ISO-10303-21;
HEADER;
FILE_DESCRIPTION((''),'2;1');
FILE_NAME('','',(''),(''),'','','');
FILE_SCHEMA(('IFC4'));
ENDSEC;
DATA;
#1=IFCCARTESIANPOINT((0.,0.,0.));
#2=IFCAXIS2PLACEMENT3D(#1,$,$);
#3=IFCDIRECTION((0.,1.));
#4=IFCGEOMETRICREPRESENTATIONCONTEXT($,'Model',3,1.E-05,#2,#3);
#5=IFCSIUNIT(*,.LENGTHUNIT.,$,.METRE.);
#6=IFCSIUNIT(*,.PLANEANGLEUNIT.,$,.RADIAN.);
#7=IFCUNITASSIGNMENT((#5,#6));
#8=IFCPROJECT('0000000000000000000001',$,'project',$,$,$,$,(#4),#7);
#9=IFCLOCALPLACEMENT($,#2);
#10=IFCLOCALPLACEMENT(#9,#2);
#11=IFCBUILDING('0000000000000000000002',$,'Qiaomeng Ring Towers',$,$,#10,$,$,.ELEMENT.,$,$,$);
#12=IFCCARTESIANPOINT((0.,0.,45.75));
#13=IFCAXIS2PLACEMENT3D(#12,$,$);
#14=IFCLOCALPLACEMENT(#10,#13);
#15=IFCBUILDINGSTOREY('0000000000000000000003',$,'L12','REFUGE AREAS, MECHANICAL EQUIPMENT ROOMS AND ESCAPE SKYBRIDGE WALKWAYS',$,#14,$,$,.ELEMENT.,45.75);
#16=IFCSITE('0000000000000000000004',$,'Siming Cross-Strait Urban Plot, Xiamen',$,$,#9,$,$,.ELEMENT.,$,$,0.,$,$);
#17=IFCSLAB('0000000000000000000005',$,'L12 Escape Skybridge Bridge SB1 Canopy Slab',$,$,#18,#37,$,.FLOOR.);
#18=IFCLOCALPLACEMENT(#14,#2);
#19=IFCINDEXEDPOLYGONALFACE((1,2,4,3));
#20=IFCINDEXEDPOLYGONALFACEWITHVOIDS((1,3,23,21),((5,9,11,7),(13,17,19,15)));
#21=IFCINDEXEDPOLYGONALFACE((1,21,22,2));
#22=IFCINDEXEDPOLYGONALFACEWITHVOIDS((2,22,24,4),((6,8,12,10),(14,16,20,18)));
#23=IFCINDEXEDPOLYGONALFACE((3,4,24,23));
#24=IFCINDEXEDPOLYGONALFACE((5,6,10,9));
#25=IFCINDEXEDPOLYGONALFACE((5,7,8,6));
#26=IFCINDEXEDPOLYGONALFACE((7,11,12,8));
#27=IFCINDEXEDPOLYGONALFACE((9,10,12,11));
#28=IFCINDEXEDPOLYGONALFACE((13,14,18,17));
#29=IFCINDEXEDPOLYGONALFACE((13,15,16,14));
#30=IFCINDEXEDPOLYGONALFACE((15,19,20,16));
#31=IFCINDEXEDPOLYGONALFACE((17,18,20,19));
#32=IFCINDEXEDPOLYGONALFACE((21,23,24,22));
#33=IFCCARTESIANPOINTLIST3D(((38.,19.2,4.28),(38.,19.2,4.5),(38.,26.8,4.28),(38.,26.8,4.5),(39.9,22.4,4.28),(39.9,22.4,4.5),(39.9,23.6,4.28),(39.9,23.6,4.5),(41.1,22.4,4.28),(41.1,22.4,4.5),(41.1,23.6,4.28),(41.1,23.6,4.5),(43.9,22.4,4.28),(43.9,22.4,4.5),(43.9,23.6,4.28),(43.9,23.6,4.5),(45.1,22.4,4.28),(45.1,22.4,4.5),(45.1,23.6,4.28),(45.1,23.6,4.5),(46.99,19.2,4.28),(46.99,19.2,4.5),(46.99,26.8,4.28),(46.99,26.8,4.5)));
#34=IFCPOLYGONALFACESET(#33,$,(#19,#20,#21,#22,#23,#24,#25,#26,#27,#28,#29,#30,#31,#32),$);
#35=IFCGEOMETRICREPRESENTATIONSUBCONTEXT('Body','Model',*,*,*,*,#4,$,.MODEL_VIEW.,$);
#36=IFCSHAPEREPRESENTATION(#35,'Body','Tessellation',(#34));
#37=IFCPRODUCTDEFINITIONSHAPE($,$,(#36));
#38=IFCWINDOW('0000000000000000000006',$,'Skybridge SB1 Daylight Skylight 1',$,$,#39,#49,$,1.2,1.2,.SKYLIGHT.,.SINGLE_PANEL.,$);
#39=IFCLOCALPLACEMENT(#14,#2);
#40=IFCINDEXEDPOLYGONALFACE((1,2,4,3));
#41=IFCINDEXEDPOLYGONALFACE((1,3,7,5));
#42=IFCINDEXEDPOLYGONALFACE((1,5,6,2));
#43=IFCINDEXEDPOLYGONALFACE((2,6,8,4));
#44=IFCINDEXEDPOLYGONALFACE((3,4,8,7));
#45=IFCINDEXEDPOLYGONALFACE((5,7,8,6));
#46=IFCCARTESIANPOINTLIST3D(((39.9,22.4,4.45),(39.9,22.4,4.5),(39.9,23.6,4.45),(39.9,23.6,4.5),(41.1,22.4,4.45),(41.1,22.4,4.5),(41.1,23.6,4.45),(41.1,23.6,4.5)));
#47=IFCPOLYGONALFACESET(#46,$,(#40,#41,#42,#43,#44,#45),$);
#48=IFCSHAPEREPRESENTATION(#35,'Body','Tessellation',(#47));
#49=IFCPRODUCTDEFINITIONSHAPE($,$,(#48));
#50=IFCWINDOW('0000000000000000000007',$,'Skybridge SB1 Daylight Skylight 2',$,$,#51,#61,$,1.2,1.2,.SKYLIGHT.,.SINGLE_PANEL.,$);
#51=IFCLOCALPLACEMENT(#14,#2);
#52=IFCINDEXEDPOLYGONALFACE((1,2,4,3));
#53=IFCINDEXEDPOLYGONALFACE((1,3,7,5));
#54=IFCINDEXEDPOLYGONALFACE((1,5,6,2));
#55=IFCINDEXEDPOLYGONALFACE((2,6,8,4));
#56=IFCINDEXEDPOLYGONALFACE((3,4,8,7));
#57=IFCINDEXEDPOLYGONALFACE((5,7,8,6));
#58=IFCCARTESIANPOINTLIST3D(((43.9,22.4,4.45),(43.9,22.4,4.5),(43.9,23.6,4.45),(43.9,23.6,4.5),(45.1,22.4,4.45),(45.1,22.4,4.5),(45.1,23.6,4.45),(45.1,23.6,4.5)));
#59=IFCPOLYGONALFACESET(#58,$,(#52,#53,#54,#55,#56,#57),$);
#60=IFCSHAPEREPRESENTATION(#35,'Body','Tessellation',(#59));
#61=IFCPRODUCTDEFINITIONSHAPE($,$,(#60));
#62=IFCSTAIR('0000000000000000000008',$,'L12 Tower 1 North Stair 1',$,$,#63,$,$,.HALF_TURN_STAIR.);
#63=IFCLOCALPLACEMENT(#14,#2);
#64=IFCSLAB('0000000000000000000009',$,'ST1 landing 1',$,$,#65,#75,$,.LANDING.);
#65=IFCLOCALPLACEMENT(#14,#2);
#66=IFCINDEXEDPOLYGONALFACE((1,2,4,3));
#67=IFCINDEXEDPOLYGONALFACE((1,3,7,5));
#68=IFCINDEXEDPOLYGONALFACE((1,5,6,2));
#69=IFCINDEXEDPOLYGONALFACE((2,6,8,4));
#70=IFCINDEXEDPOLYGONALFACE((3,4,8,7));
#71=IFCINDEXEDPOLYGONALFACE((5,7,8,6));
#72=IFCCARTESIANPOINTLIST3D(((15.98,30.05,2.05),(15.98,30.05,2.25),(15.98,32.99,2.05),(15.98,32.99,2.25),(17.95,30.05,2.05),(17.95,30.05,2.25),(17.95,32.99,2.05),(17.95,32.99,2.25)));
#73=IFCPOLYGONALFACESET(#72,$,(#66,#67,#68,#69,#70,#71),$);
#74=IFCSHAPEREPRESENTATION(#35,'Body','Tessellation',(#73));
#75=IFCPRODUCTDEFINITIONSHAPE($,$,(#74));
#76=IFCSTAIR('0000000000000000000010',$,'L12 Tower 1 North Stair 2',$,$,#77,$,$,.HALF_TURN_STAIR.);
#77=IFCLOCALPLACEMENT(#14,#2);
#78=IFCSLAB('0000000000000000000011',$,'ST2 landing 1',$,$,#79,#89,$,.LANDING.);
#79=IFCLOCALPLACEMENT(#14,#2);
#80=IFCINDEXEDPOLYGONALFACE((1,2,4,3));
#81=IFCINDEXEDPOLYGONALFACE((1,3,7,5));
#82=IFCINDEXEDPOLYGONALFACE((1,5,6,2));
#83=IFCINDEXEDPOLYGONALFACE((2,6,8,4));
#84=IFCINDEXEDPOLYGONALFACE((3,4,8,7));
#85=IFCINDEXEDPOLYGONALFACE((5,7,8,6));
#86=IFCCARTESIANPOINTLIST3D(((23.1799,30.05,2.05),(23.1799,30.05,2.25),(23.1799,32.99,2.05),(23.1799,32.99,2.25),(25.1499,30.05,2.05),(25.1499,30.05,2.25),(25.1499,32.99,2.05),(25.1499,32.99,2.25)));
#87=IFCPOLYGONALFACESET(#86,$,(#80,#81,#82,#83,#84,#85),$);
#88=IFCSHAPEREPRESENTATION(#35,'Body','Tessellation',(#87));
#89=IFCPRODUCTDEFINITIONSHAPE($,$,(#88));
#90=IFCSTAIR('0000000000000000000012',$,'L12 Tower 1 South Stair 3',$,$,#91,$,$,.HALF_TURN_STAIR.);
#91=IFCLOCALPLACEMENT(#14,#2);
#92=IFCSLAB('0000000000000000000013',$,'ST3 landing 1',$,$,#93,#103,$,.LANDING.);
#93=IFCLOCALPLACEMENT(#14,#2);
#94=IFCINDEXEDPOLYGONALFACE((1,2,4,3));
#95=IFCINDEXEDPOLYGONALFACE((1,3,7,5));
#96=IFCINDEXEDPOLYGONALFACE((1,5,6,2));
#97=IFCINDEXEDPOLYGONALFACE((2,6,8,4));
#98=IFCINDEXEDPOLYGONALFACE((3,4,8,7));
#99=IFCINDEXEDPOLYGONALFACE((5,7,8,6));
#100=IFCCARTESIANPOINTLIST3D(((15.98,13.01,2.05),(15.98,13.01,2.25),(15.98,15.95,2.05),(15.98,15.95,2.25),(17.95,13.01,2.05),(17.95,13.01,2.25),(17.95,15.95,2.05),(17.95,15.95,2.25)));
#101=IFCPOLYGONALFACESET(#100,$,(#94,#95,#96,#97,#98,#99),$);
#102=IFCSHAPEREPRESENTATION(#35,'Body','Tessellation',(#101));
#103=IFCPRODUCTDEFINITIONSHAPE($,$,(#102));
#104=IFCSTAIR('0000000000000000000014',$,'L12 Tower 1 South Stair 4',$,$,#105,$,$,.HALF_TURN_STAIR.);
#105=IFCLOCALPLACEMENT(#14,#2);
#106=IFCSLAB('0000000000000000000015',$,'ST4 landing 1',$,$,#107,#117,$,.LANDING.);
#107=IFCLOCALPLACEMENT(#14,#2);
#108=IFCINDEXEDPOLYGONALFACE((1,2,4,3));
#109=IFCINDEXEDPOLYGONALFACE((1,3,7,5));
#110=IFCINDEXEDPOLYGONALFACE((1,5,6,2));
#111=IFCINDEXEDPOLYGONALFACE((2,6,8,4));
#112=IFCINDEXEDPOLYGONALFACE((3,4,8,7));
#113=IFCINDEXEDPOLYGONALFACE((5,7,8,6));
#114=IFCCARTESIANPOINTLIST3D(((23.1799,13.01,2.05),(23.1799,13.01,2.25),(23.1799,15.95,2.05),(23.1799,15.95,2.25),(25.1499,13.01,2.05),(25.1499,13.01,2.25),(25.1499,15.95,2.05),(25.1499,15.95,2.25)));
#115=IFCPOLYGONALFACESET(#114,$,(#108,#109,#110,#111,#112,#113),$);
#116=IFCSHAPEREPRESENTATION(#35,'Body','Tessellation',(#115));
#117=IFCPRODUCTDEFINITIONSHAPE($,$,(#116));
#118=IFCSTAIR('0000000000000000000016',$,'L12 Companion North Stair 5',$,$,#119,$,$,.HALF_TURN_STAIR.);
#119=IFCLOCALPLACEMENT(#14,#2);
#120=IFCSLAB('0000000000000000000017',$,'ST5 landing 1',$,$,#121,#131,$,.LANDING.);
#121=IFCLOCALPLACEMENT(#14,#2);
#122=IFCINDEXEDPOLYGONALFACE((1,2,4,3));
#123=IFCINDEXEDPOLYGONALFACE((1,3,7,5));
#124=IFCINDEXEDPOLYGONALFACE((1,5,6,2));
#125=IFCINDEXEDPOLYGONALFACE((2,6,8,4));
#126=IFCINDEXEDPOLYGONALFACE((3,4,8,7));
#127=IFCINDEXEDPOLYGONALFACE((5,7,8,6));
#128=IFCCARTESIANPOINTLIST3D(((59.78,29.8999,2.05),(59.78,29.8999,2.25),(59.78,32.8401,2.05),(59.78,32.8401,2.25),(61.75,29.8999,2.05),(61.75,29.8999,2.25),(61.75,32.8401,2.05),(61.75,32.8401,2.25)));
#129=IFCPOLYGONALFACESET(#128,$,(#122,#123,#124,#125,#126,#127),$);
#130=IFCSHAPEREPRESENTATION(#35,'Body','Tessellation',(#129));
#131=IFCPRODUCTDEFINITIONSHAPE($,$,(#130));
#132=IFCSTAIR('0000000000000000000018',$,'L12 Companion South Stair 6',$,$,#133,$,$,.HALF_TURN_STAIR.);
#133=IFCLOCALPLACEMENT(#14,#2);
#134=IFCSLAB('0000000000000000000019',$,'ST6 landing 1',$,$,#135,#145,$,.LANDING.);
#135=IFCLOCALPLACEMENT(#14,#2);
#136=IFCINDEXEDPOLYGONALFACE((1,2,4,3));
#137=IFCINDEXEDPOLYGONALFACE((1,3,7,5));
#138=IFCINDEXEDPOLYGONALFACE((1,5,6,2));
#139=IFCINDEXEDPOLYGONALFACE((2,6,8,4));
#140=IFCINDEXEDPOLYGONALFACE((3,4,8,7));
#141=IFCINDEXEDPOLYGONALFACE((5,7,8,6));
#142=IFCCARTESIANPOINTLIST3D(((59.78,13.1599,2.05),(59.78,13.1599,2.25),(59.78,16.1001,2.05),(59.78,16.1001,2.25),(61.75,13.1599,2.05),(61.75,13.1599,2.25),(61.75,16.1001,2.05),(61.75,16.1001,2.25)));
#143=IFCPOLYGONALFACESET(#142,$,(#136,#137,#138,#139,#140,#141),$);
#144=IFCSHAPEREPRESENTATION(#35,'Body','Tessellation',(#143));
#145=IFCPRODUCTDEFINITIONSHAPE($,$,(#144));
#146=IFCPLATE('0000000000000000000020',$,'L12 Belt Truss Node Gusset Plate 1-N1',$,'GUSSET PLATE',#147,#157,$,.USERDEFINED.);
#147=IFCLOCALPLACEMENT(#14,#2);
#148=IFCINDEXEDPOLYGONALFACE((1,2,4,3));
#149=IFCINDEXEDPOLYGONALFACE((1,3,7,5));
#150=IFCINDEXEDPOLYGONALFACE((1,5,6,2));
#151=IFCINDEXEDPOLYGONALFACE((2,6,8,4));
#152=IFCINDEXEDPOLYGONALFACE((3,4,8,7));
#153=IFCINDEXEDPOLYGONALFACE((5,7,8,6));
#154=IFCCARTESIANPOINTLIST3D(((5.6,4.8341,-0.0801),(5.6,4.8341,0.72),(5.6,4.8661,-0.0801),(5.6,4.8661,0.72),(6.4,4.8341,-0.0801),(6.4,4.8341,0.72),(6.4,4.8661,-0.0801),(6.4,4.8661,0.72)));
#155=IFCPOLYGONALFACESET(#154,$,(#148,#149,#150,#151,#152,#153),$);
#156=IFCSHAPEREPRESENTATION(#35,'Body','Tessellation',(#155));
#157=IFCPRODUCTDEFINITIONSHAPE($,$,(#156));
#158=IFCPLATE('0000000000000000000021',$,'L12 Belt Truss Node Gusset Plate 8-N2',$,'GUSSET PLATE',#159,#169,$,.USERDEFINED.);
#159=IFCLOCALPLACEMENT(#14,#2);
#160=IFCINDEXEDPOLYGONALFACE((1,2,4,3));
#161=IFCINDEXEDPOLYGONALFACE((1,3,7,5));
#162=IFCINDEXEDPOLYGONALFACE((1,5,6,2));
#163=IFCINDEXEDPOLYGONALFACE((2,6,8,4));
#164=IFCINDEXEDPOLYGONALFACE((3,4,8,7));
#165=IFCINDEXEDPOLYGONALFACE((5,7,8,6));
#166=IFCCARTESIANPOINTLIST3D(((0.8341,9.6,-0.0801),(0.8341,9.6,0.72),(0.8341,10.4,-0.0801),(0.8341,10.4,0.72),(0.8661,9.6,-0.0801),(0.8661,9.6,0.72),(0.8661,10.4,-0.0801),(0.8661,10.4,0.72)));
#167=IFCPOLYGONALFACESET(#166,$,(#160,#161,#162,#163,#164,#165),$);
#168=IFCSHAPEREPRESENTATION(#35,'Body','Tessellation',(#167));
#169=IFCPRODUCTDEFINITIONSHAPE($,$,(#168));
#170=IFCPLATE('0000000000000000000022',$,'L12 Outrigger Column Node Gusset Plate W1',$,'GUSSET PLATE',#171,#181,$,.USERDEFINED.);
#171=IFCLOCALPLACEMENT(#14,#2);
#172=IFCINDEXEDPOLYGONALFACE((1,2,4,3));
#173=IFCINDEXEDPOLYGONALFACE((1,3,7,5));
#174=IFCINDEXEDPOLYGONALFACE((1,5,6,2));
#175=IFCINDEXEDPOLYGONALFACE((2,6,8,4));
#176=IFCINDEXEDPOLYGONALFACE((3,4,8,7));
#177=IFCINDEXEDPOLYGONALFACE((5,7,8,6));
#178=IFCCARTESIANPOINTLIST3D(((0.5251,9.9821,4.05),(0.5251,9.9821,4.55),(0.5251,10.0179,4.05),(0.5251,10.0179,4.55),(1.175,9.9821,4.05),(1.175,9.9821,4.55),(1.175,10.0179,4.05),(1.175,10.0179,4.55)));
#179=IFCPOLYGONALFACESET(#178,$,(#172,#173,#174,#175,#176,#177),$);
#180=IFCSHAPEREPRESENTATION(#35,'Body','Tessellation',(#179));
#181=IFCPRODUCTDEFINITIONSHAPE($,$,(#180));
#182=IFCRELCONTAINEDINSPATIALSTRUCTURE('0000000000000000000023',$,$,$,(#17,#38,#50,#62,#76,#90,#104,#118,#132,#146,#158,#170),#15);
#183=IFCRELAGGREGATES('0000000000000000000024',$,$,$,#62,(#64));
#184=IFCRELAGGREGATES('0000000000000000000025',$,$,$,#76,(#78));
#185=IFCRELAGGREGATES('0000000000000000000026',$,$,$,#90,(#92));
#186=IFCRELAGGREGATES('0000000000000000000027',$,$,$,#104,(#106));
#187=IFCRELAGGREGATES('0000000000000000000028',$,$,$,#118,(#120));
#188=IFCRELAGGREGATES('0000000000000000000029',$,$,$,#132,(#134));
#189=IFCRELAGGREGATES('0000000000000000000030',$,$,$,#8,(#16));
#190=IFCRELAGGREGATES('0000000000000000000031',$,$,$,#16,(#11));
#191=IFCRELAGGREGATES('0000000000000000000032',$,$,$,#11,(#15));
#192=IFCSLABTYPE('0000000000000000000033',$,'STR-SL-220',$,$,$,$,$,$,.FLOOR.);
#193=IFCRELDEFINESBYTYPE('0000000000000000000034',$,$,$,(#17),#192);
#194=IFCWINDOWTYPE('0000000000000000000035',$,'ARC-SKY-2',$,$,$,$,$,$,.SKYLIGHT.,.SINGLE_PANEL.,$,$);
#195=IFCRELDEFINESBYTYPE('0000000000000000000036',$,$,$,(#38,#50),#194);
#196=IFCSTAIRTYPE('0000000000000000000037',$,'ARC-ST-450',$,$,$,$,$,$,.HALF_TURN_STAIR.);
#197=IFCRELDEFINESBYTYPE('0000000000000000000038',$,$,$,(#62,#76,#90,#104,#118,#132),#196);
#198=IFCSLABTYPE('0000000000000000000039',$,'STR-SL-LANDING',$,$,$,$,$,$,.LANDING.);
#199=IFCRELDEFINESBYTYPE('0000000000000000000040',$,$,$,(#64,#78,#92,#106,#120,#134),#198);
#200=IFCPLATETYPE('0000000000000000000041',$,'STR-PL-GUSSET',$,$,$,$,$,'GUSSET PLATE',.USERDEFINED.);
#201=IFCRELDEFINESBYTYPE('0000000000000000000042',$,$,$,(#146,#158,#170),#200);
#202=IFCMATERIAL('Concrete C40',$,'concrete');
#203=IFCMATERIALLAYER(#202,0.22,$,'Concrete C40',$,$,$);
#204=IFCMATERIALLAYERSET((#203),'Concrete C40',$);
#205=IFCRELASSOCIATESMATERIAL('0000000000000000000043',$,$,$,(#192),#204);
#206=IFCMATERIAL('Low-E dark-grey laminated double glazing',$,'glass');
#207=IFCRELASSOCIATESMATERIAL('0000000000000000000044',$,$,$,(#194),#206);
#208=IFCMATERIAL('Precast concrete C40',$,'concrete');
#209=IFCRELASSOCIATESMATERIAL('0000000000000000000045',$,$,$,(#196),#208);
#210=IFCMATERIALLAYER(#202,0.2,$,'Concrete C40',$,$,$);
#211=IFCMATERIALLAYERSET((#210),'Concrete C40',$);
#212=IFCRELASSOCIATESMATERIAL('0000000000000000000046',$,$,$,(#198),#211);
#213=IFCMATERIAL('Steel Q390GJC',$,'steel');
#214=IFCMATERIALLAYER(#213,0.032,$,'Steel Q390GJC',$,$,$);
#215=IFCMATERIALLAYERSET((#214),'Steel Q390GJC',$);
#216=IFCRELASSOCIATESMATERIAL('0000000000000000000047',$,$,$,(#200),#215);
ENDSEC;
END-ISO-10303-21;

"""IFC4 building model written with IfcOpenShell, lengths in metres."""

from ifc_helpers import new_model, si_unit, direction, frame, origin, origin_2d, place, context, subcontext, project, spatial, polyline, rectangle, outline, extrude, source, transform, mapped, material, layer, layer_set, type_object, element, fill, aggregate, save


model = new_model("IFC4")

# Units and contexts
model_context = context("Model", 3, precision=1e-05, world=origin(), true_north=direction((0.0, 1.0)))
body_context = subcontext(model_context, "Body", "Model", "MODEL_VIEW")
ifc_project = project(units=[si_unit("LENGTHUNIT", "METRE"), si_unit("PLANEANGLEUNIT", "RADIAN")], contexts=[model_context])

# Site, building, storey
site_placement = place(None, origin())
site = spatial("IfcSite", under=ifc_project, at=site_placement, Name="Siming Cross-Strait Urban Plot, Xiamen", CompositionType="ELEMENT", RefElevation=0.0)
building_placement = place(site_placement, origin())
building = spatial("IfcBuilding", under=site, at=building_placement, Name="Qiaomeng Ring Towers", CompositionType="ELEMENT")
storey_placement = place(building_placement, frame((0.0, 0.0, 45.75)))
storey = spatial("IfcBuildingStorey", under=building, at=storey_placement, Name="L12", Description="REFUGE AREAS, MECHANICAL EQUIPMENT ROOMS AND ESCAPE SKYBRIDGE WALKWAYS", CompositionType="ELEMENT", Elevation=45.75)

# Shared definitions
ifc_material_1 = material(Name="Steel Q390GJC", Category="steel")

# Shared definitions
ifc_material_2 = material(Name="Concrete C40", Category="concrete")
ifc_layer_1 = layer(ifc_material_2, 0.22, Name="Concrete C40")
ifc_layer_set_1 = layer_set([ifc_layer_1], Name="Concrete C40")
slab_type_1 = type_object("IfcSlabType", Name="STR-SL-220", PredefinedType="FLOOR", material=ifc_layer_set_1)

# Slab, openings, windows
slab_1_placement = place(storey_placement, frame((0.0, 0.0, 4.28)))
slab_1 = element("IfcSlab", 1, at=slab_1_placement, inside=storey, type_object=slab_type_1, Name="L12 Escape Skybridge Bridge SB1 Canopy Slab", PredefinedType="FLOOR", context=body_context, shape_type="SweptSolid", body=[
    extrude(outline(polyline([(38.0, 19.2), (46.99, 19.2), (46.99, 26.8), (38.0, 26.8), (38.0, 19.2)])), origin(), (0.0, 0.0, 1.0), 0.22),
])
opening_1_placement = place(slab_1_placement, frame((40.5, 23.0, 0.0)))
opening_1 = element("IfcOpeningElement", 2, at=opening_1_placement, cuts=slab_1, PredefinedType="OPENING", context=body_context, shape_type="SweptSolid", body=[
    extrude(rectangle(XDim=1.2, YDim=1.2, at=origin_2d()), frame((0.0, 0.0, -0.01)), (0.0, 0.0, 1.0), 0.24),
])
opening_2_placement = place(slab_1_placement, frame((44.5, 23.0, 0.0)))
opening_2 = element("IfcOpeningElement", 3, at=opening_2_placement, cuts=slab_1, PredefinedType="OPENING", context=body_context, shape_type="SweptSolid", body=[
    extrude(rectangle(XDim=1.2, YDim=1.2, at=origin_2d()), frame((0.0, 0.0, -0.01)), (0.0, 0.0, 1.0), 0.24),
])
ifc_material_3 = material(Name="Low-E dark-grey laminated double glazing", Category="glass")
window_type = type_object("IfcWindowType", Name="ARC-SKY-2", PartitioningType="SINGLE_PANEL", PredefinedType="SKYLIGHT", material=ifc_material_3)
window_1_placement = place(opening_1_placement, frame((0.0, 0.0, 0.1699)))
window_1 = element("IfcWindow", 4, at=window_1_placement, inside=storey, type_object=window_type, Name="Skybridge SB1 Daylight Skylight 1", OverallHeight=1.2, OverallWidth=1.2, PartitioningType="SINGLE_PANEL", PredefinedType="SKYLIGHT", context=body_context, shape_type="SweptSolid", body=[
    extrude(rectangle(XDim=1.2, YDim=1.2, at=origin_2d()), origin(), (0.0, 0.0, 1.0), 0.05),
])
fill(opening_1, window_1)
window_2_placement = place(opening_2_placement, frame((0.0, 0.0, 0.1699)))
window_2 = element("IfcWindow", 5, at=window_2_placement, inside=storey, type_object=window_type, Name="Skybridge SB1 Daylight Skylight 2", OverallHeight=1.2, OverallWidth=1.2, PartitioningType="SINGLE_PANEL", PredefinedType="SKYLIGHT", context=body_context, shape_type="SweptSolid", body=[
    extrude(rectangle(XDim=1.2, YDim=1.2, at=origin_2d()), origin(), (0.0, 0.0, 1.0), 0.05),
])
fill(opening_2, window_2)

# Stairs, slabs
ifc_material_4 = material(Name="Precast concrete C40", Category="concrete")
stair_type = type_object("IfcStairType", Name="ARC-ST-450", PredefinedType="HALF_TURN_STAIR", material=ifc_material_4)
stair_1_placement = place(storey_placement, origin())
stair_1 = element("IfcStair", 6, at=stair_1_placement, inside=storey, type_object=stair_type, Name="L12 Tower 1 North Stair 1", PredefinedType="HALF_TURN_STAIR")
ifc_layer_2 = layer(ifc_material_2, 0.2, Name="Concrete C40")
ifc_layer_set_2 = layer_set([ifc_layer_2], Name="Concrete C40")
slab_type_2 = type_object("IfcSlabType", Name="STR-SL-LANDING", PredefinedType="LANDING", material=ifc_layer_set_2)
slab_2_placement = place(storey_placement, frame((0.0, 0.0, 2.05)))
slab_2 = element("IfcSlab", 7, at=slab_2_placement, type_object=slab_type_2, Name="ST1 landing 1", PredefinedType="LANDING", context=body_context, shape_type="SweptSolid", body=[
    extrude(outline(polyline([(15.98, 30.05), (17.95, 30.05), (17.95, 32.99), (15.98, 32.99), (15.98, 30.05)])), origin(), (0.0, 0.0, 1.0), 0.2),
])
aggregate(stair_1, [slab_2])
stair_2_placement = place(storey_placement, origin())
stair_2 = element("IfcStair", 8, at=stair_2_placement, inside=storey, type_object=stair_type, Name="L12 Tower 1 North Stair 2", PredefinedType="HALF_TURN_STAIR")
slab_3_placement = place(storey_placement, frame((0.0, 0.0, 2.05)))
slab_3 = element("IfcSlab", 9, at=slab_3_placement, type_object=slab_type_2, Name="ST2 landing 1", PredefinedType="LANDING", context=body_context, shape_type="SweptSolid", body=[
    extrude(outline(polyline([(23.1799, 30.05), (25.1499, 30.05), (25.1499, 32.99), (23.1799, 32.99), (23.1799, 30.05)])), origin(), (0.0, 0.0, 1.0), 0.2),
])
aggregate(stair_2, [slab_3])
stair_3_placement = place(storey_placement, origin())
stair_3 = element("IfcStair", 10, at=stair_3_placement, inside=storey, type_object=stair_type, Name="L12 Tower 1 South Stair 3", PredefinedType="HALF_TURN_STAIR")
slab_4_placement = place(storey_placement, frame((0.0, 0.0, 2.05)))
slab_4 = element("IfcSlab", 11, at=slab_4_placement, type_object=slab_type_2, Name="ST3 landing 1", PredefinedType="LANDING", context=body_context, shape_type="SweptSolid", body=[
    extrude(outline(polyline([(15.98, 13.01), (17.95, 13.01), (17.95, 15.95), (15.98, 15.95), (15.98, 13.01)])), origin(), (0.0, 0.0, 1.0), 0.2),
])
aggregate(stair_3, [slab_4])
stair_4_placement = place(storey_placement, origin())
stair_4 = element("IfcStair", 12, at=stair_4_placement, inside=storey, type_object=stair_type, Name="L12 Tower 1 South Stair 4", PredefinedType="HALF_TURN_STAIR")
slab_5_placement = place(storey_placement, frame((0.0, 0.0, 2.05)))
slab_5 = element("IfcSlab", 13, at=slab_5_placement, type_object=slab_type_2, Name="ST4 landing 1", PredefinedType="LANDING", context=body_context, shape_type="SweptSolid", body=[
    extrude(outline(polyline([(23.1799, 13.01), (25.1499, 13.01), (25.1499, 15.95), (23.1799, 15.95), (23.1799, 13.01)])), origin(), (0.0, 0.0, 1.0), 0.2),
])
aggregate(stair_4, [slab_5])
stair_5_placement = place(storey_placement, origin())
stair_5 = element("IfcStair", 14, at=stair_5_placement, inside=storey, type_object=stair_type, Name="L12 Companion North Stair 5", PredefinedType="HALF_TURN_STAIR")
slab_6_placement = place(storey_placement, frame((0.0, 0.0, 2.05)))
slab_6 = element("IfcSlab", 15, at=slab_6_placement, type_object=slab_type_2, Name="ST5 landing 1", PredefinedType="LANDING", context=body_context, shape_type="SweptSolid", body=[
    extrude(outline(polyline([(59.78, 29.8999), (61.75, 29.8999), (61.75, 32.8401), (59.78, 32.8401), (59.78, 29.8999)])), origin(), (0.0, 0.0, 1.0), 0.2),
])
aggregate(stair_5, [slab_6])
stair_6_placement = place(storey_placement, origin())
stair_6 = element("IfcStair", 16, at=stair_6_placement, inside=storey, type_object=stair_type, Name="L12 Companion South Stair 6", PredefinedType="HALF_TURN_STAIR")
slab_7_placement = place(storey_placement, frame((0.0, 0.0, 2.05)))
slab_7 = element("IfcSlab", 17, at=slab_7_placement, type_object=slab_type_2, Name="ST6 landing 1", PredefinedType="LANDING", context=body_context, shape_type="SweptSolid", body=[
    extrude(outline(polyline([(59.78, 13.1599), (61.75, 13.1599), (61.75, 16.1001), (59.78, 16.1001), (59.78, 13.1599)])), origin(), (0.0, 0.0, 1.0), 0.2),
])
aggregate(stair_6, [slab_7])

# Plates
ifc_layer_3 = layer(ifc_material_1, 0.032, Name="Steel Q390GJC")
ifc_layer_set_3 = layer_set([ifc_layer_3], Name="Steel Q390GJC")
plate_type = type_object("IfcPlateType", Name="STR-PL-GUSSET", ElementType="GUSSET PLATE", PredefinedType="USERDEFINED", material=ifc_layer_set_3)
shared_shape_1 = source(origin(), body_context, "Body", "SweptSolid", [
    extrude(rectangle(XDim=0.8, YDim=0.032, at=origin_2d()), origin(), (0.0, 0.0, 1.0), 0.8),
])
for number, where, z_axis, x_axis, name in (
    (18, (6.0, 4.8501, -0.0801), (0.0, 0.0, 1.0), (1.0, 0.0, 0.0), "L12 Belt Truss Node Gusset Plate 1-N1"),
    (19, (0.8501, 10.0, -0.0801), (0.0, 0.0, 1.0), (0.0, -1.0, 0.0), "L12 Belt Truss Node Gusset Plate 8-N2"),
):
    element("IfcPlate", number, at=place(storey_placement, frame(where, z_axis=z_axis, x_axis=x_axis)), inside=storey, type_object=plate_type, Name=name, ObjectType="GUSSET PLATE", PredefinedType="USERDEFINED", context=body_context, shape_type="MappedRepresentation", body=[
        mapped(shared_shape_1, transform((0.0, 0.0, 0.0), x_axis=(1.0, 0.0, 0.0), y_axis=(0.0, 1.0, 0.0), z_axis=(0.0, 0.0, 1.0), scale=1.0)),
    ])
shared_shape_2 = source(origin(), body_context, "Body", "SweptSolid", [
    extrude(rectangle(XDim=0.6499, YDim=0.0359, at=origin_2d()), origin(), (0.0, 0.0, 1.0), 0.5),
])
plate_placement = place(storey_placement, frame((0.8501, 10.0, 4.05), z_axis=(0.0, 0.0, 1.0), x_axis=(1.0, 0.0, 0.0)))
element("IfcPlate", 20, at=plate_placement, inside=storey, type_object=plate_type, Name="L12 Outrigger Column Node Gusset Plate W1", ObjectType="GUSSET PLATE", PredefinedType="USERDEFINED", context=body_context, shape_type="MappedRepresentation", body=[
    mapped(shared_shape_2, transform((0.0, 0.0, 0.0), x_axis=(1.0, 0.0, 0.0), y_axis=(0.0, 1.0, 0.0), z_axis=(0.0, 0.0, 1.0), scale=1.0)),
])

save(model, "model.ifc")
